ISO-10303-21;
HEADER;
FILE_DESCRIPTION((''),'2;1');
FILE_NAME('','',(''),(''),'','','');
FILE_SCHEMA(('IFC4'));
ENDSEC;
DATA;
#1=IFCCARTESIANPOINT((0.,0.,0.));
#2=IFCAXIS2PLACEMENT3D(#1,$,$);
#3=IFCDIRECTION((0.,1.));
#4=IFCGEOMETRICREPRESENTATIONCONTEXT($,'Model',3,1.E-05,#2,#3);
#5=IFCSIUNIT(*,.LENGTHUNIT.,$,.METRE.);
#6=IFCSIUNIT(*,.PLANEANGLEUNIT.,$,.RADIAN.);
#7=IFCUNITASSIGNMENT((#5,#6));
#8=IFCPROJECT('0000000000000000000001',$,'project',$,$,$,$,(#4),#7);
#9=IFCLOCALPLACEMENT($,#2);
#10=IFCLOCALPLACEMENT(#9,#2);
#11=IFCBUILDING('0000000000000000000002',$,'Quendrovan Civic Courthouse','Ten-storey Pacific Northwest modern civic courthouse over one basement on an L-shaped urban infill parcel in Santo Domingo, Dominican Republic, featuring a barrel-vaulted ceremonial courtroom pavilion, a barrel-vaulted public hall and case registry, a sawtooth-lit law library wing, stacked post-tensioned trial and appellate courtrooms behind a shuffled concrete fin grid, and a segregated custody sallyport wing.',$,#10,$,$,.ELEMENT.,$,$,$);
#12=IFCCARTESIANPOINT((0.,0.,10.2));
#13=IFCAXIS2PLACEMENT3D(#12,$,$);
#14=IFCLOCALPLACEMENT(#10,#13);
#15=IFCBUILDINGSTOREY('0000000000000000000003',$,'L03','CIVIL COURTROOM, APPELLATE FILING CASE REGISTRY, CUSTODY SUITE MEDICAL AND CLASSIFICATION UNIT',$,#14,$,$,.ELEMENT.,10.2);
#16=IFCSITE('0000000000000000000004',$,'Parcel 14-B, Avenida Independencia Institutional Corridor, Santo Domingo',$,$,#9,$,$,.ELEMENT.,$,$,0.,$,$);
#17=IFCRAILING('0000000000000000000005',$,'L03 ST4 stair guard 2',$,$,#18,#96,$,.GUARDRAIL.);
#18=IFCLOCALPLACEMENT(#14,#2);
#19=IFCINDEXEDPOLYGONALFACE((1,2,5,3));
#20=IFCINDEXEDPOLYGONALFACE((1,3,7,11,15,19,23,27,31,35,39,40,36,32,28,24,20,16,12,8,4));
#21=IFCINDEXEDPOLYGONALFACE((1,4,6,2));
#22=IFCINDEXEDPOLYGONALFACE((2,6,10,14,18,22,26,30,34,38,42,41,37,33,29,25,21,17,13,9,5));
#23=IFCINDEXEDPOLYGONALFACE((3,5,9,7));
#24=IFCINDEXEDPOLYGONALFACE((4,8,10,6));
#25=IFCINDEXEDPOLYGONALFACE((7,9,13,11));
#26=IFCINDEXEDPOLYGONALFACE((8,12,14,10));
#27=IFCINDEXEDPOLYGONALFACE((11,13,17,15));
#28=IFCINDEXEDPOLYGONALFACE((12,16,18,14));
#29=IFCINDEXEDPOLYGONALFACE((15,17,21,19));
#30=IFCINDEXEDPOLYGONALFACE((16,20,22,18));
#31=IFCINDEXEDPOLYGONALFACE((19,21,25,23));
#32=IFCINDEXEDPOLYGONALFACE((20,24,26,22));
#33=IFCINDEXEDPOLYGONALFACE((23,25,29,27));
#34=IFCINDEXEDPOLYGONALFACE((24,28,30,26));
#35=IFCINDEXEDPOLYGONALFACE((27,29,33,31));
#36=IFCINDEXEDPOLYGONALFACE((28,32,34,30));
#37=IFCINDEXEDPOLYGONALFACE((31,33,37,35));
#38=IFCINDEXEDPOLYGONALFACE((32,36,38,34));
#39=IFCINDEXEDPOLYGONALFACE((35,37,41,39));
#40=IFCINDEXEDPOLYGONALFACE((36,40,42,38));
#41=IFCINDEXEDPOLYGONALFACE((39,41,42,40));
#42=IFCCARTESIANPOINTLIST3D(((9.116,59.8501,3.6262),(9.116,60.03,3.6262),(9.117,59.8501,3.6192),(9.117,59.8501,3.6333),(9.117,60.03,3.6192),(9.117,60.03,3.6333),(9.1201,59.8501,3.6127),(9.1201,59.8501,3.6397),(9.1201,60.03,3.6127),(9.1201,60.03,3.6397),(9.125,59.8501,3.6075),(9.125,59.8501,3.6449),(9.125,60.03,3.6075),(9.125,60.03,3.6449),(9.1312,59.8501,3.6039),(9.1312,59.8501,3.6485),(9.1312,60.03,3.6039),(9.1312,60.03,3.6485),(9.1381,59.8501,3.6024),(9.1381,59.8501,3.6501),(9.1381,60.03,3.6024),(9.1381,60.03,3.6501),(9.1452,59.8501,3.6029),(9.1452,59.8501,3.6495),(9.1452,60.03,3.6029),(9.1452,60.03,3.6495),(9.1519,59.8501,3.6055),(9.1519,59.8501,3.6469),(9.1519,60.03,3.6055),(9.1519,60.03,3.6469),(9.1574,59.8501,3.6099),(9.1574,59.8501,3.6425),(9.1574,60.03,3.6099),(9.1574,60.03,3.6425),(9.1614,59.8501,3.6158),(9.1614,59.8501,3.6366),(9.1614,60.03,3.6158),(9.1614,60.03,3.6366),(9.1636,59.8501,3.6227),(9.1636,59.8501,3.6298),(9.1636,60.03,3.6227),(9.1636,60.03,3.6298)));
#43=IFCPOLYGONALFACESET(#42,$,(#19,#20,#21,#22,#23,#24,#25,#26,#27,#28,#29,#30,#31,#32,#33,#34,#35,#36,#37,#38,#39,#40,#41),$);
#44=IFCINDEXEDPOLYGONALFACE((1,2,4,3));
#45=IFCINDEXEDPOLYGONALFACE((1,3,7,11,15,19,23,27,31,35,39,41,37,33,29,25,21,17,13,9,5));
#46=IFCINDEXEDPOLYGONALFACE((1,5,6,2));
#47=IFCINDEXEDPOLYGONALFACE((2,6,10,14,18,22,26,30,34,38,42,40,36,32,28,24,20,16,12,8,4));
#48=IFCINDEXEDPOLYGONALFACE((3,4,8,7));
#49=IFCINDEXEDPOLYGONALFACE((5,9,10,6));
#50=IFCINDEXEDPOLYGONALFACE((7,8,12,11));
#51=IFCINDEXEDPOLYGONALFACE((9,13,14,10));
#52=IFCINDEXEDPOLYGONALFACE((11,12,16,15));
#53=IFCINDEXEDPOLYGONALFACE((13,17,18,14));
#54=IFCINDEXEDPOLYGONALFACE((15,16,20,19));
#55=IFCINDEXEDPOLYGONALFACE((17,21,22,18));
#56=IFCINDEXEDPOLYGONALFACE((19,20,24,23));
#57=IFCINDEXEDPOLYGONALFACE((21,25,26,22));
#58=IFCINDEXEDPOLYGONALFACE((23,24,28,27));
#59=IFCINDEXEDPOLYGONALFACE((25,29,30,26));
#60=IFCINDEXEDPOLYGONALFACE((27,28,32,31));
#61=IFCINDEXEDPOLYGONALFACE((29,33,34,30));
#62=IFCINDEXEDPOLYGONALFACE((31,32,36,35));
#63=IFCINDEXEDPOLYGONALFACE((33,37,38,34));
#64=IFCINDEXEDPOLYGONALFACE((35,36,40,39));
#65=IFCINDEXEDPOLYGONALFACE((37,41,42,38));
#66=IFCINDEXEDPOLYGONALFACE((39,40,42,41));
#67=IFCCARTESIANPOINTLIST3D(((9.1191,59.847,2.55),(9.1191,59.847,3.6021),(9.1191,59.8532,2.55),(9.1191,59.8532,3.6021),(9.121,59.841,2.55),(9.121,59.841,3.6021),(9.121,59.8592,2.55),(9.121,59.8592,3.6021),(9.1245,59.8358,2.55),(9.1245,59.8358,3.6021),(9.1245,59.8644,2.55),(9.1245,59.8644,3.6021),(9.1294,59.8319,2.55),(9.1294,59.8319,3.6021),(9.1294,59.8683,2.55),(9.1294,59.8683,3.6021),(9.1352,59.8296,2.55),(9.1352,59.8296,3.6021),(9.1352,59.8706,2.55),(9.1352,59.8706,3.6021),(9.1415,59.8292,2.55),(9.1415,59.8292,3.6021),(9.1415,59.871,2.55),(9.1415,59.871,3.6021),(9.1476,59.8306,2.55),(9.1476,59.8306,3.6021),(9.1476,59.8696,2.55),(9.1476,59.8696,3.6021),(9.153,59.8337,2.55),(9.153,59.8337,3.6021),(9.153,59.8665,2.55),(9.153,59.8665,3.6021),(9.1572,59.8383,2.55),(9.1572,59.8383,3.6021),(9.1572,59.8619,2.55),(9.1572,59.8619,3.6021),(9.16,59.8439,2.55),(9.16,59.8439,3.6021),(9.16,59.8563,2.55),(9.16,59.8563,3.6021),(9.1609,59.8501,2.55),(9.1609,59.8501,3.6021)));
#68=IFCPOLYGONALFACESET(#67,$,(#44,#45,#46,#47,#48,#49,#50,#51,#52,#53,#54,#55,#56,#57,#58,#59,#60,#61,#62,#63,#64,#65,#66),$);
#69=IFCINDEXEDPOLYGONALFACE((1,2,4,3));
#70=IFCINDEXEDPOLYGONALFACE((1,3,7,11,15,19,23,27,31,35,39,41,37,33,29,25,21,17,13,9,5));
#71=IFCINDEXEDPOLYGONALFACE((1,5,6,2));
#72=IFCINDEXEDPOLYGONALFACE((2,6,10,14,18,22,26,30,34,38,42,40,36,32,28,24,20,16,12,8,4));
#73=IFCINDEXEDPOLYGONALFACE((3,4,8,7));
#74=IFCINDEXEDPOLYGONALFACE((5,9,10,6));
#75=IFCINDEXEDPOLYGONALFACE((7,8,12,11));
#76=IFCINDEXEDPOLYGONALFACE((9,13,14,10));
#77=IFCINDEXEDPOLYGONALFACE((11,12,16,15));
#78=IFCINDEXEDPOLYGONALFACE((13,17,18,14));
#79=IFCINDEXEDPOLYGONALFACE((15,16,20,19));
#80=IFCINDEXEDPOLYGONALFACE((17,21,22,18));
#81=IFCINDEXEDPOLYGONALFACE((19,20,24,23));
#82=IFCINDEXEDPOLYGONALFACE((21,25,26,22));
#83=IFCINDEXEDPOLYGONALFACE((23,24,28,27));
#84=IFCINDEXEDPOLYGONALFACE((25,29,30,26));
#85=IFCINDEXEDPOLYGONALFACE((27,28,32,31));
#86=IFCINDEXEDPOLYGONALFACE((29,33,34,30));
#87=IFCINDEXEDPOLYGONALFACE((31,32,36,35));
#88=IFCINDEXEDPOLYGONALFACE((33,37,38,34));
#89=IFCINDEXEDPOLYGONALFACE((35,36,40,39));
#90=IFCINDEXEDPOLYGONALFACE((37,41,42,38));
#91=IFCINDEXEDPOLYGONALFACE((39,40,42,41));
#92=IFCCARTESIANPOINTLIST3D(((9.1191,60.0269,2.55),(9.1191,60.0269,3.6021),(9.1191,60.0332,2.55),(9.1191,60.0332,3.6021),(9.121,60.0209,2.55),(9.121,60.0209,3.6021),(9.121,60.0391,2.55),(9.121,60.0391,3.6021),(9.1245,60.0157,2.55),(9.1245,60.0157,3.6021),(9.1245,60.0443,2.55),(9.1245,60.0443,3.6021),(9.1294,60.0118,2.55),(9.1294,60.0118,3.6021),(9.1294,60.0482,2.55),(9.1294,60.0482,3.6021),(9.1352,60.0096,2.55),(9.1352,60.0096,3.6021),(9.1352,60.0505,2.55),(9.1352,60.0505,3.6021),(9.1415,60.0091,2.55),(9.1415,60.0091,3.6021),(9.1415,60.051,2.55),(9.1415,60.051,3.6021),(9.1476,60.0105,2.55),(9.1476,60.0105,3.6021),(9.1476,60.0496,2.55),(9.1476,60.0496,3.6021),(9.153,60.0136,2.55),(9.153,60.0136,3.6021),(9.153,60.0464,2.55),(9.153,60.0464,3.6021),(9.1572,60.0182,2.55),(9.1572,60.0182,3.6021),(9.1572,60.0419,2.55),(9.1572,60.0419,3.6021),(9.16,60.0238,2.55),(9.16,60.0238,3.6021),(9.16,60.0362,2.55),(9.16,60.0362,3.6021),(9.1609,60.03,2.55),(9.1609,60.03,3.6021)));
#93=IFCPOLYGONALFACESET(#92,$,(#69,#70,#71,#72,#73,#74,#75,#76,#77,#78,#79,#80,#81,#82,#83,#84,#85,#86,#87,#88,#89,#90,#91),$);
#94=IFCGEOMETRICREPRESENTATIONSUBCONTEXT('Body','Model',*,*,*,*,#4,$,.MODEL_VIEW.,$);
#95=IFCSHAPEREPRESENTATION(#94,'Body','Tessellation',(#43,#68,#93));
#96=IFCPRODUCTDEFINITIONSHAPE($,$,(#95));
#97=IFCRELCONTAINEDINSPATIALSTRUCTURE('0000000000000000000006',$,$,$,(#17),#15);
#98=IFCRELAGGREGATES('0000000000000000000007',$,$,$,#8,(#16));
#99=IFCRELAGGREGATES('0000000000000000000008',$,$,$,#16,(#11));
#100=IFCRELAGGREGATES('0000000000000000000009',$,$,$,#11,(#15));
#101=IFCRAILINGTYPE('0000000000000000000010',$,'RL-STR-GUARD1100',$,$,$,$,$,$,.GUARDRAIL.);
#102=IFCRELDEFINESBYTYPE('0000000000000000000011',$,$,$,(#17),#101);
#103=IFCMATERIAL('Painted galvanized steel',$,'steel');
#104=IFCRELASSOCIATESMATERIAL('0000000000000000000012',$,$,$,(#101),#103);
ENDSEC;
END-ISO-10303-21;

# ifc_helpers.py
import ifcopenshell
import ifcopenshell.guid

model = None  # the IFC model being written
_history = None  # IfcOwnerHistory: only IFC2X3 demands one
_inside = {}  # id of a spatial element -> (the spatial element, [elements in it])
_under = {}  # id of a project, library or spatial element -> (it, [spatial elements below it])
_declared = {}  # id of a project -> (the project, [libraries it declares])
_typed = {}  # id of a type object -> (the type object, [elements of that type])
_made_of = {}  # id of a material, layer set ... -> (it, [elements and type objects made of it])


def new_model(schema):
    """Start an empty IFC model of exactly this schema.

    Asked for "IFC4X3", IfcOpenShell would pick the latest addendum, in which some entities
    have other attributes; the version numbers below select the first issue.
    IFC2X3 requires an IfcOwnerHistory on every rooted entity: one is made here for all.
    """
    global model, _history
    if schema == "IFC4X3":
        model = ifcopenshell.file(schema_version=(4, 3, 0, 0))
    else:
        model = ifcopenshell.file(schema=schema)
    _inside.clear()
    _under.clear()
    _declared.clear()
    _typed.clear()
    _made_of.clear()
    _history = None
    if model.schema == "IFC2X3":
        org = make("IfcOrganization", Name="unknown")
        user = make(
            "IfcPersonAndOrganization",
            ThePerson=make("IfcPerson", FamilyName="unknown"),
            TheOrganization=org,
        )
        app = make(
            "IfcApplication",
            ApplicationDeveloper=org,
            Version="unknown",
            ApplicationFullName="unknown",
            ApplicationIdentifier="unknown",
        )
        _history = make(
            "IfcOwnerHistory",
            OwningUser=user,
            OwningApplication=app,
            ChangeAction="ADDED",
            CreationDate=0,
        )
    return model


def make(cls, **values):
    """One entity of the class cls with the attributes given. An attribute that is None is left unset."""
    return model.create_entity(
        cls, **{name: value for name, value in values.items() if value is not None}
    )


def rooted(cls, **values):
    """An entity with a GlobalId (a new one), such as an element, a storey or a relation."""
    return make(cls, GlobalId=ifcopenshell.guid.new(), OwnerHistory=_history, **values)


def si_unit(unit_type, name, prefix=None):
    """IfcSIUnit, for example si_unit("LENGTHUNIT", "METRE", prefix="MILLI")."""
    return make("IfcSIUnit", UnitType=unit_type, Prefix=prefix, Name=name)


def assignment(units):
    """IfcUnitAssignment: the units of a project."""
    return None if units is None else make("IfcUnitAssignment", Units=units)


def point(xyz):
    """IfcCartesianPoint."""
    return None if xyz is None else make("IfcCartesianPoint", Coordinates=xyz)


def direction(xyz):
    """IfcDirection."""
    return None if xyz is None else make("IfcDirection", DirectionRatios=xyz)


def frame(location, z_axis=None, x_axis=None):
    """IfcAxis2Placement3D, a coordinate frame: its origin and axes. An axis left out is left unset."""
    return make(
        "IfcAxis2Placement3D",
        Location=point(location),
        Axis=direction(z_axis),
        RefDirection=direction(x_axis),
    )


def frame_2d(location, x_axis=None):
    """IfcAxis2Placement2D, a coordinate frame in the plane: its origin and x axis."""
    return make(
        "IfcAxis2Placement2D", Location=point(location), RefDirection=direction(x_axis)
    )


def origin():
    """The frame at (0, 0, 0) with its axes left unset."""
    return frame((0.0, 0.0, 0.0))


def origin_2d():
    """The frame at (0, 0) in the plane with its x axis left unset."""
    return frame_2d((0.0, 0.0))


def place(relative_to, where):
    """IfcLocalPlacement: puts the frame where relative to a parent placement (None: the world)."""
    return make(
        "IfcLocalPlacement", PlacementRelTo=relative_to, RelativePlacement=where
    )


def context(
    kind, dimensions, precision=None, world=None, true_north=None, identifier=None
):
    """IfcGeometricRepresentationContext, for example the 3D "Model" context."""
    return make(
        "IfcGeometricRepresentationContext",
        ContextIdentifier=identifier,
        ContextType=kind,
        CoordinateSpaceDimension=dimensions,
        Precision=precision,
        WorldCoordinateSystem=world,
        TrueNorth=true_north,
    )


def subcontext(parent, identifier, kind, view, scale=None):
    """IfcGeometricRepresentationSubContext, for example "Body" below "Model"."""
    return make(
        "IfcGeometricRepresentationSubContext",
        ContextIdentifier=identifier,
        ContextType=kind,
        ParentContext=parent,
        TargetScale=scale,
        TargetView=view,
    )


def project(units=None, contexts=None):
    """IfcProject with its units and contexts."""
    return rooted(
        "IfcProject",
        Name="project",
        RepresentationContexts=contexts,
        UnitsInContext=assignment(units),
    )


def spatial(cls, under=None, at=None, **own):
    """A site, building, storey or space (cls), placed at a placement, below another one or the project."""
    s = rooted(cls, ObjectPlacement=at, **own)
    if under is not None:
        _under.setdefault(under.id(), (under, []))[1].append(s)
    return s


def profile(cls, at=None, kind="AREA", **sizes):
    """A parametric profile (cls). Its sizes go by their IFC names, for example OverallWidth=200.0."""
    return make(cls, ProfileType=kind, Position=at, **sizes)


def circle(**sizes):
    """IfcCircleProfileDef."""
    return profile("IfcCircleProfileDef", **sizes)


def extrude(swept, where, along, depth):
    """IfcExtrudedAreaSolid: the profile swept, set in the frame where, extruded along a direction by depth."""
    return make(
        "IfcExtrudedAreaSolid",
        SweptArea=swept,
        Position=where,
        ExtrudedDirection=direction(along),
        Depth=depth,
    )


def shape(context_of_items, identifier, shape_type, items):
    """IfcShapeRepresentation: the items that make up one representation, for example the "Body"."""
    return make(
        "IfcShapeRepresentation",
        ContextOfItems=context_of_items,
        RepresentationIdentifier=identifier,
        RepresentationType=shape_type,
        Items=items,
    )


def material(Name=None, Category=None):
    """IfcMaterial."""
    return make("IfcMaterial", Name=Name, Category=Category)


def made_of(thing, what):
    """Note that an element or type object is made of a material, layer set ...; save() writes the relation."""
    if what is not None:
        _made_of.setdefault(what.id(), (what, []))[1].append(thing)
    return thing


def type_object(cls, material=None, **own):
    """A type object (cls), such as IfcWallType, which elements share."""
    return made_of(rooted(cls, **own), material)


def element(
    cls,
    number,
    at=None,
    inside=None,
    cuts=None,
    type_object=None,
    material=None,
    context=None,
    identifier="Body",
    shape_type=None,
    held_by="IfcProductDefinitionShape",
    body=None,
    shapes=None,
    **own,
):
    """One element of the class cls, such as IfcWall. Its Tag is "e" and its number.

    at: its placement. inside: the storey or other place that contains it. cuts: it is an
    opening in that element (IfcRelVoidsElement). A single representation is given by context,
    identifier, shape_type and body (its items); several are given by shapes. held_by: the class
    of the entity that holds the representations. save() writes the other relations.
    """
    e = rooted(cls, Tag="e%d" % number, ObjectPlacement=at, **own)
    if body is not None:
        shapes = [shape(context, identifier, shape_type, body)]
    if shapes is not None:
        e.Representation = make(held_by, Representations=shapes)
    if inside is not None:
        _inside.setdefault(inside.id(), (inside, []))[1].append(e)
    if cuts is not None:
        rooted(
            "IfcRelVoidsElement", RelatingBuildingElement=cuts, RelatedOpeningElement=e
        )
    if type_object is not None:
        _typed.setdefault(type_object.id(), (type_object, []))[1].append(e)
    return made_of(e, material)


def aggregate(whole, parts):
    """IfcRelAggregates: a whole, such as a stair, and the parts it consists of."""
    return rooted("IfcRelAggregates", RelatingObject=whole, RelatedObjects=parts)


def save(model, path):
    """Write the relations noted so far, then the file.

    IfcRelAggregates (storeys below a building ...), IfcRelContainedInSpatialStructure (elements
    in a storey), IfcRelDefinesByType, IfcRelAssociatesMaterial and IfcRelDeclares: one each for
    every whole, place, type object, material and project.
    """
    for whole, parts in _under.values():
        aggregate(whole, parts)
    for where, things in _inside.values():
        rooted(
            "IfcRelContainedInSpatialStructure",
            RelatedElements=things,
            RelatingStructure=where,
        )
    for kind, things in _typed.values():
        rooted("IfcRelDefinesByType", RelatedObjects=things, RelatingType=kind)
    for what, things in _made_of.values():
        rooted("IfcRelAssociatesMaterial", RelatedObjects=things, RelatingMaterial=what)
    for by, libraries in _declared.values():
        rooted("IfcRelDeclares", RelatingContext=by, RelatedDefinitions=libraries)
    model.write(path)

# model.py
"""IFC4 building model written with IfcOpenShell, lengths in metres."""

from ifc_helpers import new_model, si_unit, direction, frame, origin, origin_2d, place, context, subcontext, project, spatial, circle, extrude, material, type_object, element, save


model = new_model("IFC4")

# Units and contexts
model_context = context("Model", 3, precision=1e-05, world=origin(), true_north=direction((0.0, 1.0)))
body_context = subcontext(model_context, "Body", "Model", "MODEL_VIEW")
ifc_project = project(units=[si_unit("LENGTHUNIT", "METRE"), si_unit("PLANEANGLEUNIT", "RADIAN")], contexts=[model_context])

# Site, building, storey
site_placement = place(None, origin())
site = spatial("IfcSite", under=ifc_project, at=site_placement, Name="Parcel 14-B, Avenida Independencia Institutional Corridor, Santo Domingo", CompositionType="ELEMENT", RefElevation=0.0)
building_placement = place(site_placement, origin())
building = spatial("IfcBuilding", under=site, at=building_placement, Name="Quendrovan Civic Courthouse", Description="Ten-storey Pacific Northwest modern civic courthouse over one basement on an L-shaped urban infill parcel in Santo Domingo, Dominican Republic, featuring a barrel-vaulted ceremonial courtroom pavilion, a barrel-vaulted public hall and case registry, a sawtooth-lit law library wing, stacked post-tensioned trial and appellate courtrooms behind a shuffled concrete fin grid, and a segregated custody sallyport wing.", CompositionType="ELEMENT")
storey_placement = place(building_placement, frame((0.0, 0.0, 10.2)))
storey = spatial("IfcBuildingStorey", under=building, at=storey_placement, Name="L03", Description="CIVIL COURTROOM, APPELLATE FILING CASE REGISTRY, CUSTODY SUITE MEDICAL AND CLASSIFICATION UNIT", CompositionType="ELEMENT", Elevation=10.2)

# Railing
ifc_material_1 = material(Name="Painted galvanized steel", Category="steel")
railing_type_1 = type_object("IfcRailingType", Name="RL-STR-GUARD1100", PredefinedType="GUARDRAIL", material=ifc_material_1)
railing_1_placement = place(storey_placement, frame((9.1399, 59.8501, 2.55)))
element("IfcRailing", 1, at=railing_1_placement, inside=storey, type_object=railing_type_1, Name="L03 ST4 stair guard 2", PredefinedType="GUARDRAIL", context=body_context, shape_type="SweptSolid", body=[
    extrude(circle(Radius=0.0239, at=origin_2d()), frame((0.0, 0.0, 1.0762), z_axis=(0.0, 1.0, 0.0), x_axis=(-1.0, 0.0, 0.0)), (0.0, 0.0, 1.0), 0.1799),
    extrude(circle(Radius=0.021, at=origin_2d()), origin(), (0.0, 0.0, 1.0), 1.052),
    extrude(circle(Radius=0.021, at=origin_2d()), frame((0.0, 0.1799, 0.0)), (0.0, 0.0, 1.0), 1.052),
])

save(model, "model.ifc")
